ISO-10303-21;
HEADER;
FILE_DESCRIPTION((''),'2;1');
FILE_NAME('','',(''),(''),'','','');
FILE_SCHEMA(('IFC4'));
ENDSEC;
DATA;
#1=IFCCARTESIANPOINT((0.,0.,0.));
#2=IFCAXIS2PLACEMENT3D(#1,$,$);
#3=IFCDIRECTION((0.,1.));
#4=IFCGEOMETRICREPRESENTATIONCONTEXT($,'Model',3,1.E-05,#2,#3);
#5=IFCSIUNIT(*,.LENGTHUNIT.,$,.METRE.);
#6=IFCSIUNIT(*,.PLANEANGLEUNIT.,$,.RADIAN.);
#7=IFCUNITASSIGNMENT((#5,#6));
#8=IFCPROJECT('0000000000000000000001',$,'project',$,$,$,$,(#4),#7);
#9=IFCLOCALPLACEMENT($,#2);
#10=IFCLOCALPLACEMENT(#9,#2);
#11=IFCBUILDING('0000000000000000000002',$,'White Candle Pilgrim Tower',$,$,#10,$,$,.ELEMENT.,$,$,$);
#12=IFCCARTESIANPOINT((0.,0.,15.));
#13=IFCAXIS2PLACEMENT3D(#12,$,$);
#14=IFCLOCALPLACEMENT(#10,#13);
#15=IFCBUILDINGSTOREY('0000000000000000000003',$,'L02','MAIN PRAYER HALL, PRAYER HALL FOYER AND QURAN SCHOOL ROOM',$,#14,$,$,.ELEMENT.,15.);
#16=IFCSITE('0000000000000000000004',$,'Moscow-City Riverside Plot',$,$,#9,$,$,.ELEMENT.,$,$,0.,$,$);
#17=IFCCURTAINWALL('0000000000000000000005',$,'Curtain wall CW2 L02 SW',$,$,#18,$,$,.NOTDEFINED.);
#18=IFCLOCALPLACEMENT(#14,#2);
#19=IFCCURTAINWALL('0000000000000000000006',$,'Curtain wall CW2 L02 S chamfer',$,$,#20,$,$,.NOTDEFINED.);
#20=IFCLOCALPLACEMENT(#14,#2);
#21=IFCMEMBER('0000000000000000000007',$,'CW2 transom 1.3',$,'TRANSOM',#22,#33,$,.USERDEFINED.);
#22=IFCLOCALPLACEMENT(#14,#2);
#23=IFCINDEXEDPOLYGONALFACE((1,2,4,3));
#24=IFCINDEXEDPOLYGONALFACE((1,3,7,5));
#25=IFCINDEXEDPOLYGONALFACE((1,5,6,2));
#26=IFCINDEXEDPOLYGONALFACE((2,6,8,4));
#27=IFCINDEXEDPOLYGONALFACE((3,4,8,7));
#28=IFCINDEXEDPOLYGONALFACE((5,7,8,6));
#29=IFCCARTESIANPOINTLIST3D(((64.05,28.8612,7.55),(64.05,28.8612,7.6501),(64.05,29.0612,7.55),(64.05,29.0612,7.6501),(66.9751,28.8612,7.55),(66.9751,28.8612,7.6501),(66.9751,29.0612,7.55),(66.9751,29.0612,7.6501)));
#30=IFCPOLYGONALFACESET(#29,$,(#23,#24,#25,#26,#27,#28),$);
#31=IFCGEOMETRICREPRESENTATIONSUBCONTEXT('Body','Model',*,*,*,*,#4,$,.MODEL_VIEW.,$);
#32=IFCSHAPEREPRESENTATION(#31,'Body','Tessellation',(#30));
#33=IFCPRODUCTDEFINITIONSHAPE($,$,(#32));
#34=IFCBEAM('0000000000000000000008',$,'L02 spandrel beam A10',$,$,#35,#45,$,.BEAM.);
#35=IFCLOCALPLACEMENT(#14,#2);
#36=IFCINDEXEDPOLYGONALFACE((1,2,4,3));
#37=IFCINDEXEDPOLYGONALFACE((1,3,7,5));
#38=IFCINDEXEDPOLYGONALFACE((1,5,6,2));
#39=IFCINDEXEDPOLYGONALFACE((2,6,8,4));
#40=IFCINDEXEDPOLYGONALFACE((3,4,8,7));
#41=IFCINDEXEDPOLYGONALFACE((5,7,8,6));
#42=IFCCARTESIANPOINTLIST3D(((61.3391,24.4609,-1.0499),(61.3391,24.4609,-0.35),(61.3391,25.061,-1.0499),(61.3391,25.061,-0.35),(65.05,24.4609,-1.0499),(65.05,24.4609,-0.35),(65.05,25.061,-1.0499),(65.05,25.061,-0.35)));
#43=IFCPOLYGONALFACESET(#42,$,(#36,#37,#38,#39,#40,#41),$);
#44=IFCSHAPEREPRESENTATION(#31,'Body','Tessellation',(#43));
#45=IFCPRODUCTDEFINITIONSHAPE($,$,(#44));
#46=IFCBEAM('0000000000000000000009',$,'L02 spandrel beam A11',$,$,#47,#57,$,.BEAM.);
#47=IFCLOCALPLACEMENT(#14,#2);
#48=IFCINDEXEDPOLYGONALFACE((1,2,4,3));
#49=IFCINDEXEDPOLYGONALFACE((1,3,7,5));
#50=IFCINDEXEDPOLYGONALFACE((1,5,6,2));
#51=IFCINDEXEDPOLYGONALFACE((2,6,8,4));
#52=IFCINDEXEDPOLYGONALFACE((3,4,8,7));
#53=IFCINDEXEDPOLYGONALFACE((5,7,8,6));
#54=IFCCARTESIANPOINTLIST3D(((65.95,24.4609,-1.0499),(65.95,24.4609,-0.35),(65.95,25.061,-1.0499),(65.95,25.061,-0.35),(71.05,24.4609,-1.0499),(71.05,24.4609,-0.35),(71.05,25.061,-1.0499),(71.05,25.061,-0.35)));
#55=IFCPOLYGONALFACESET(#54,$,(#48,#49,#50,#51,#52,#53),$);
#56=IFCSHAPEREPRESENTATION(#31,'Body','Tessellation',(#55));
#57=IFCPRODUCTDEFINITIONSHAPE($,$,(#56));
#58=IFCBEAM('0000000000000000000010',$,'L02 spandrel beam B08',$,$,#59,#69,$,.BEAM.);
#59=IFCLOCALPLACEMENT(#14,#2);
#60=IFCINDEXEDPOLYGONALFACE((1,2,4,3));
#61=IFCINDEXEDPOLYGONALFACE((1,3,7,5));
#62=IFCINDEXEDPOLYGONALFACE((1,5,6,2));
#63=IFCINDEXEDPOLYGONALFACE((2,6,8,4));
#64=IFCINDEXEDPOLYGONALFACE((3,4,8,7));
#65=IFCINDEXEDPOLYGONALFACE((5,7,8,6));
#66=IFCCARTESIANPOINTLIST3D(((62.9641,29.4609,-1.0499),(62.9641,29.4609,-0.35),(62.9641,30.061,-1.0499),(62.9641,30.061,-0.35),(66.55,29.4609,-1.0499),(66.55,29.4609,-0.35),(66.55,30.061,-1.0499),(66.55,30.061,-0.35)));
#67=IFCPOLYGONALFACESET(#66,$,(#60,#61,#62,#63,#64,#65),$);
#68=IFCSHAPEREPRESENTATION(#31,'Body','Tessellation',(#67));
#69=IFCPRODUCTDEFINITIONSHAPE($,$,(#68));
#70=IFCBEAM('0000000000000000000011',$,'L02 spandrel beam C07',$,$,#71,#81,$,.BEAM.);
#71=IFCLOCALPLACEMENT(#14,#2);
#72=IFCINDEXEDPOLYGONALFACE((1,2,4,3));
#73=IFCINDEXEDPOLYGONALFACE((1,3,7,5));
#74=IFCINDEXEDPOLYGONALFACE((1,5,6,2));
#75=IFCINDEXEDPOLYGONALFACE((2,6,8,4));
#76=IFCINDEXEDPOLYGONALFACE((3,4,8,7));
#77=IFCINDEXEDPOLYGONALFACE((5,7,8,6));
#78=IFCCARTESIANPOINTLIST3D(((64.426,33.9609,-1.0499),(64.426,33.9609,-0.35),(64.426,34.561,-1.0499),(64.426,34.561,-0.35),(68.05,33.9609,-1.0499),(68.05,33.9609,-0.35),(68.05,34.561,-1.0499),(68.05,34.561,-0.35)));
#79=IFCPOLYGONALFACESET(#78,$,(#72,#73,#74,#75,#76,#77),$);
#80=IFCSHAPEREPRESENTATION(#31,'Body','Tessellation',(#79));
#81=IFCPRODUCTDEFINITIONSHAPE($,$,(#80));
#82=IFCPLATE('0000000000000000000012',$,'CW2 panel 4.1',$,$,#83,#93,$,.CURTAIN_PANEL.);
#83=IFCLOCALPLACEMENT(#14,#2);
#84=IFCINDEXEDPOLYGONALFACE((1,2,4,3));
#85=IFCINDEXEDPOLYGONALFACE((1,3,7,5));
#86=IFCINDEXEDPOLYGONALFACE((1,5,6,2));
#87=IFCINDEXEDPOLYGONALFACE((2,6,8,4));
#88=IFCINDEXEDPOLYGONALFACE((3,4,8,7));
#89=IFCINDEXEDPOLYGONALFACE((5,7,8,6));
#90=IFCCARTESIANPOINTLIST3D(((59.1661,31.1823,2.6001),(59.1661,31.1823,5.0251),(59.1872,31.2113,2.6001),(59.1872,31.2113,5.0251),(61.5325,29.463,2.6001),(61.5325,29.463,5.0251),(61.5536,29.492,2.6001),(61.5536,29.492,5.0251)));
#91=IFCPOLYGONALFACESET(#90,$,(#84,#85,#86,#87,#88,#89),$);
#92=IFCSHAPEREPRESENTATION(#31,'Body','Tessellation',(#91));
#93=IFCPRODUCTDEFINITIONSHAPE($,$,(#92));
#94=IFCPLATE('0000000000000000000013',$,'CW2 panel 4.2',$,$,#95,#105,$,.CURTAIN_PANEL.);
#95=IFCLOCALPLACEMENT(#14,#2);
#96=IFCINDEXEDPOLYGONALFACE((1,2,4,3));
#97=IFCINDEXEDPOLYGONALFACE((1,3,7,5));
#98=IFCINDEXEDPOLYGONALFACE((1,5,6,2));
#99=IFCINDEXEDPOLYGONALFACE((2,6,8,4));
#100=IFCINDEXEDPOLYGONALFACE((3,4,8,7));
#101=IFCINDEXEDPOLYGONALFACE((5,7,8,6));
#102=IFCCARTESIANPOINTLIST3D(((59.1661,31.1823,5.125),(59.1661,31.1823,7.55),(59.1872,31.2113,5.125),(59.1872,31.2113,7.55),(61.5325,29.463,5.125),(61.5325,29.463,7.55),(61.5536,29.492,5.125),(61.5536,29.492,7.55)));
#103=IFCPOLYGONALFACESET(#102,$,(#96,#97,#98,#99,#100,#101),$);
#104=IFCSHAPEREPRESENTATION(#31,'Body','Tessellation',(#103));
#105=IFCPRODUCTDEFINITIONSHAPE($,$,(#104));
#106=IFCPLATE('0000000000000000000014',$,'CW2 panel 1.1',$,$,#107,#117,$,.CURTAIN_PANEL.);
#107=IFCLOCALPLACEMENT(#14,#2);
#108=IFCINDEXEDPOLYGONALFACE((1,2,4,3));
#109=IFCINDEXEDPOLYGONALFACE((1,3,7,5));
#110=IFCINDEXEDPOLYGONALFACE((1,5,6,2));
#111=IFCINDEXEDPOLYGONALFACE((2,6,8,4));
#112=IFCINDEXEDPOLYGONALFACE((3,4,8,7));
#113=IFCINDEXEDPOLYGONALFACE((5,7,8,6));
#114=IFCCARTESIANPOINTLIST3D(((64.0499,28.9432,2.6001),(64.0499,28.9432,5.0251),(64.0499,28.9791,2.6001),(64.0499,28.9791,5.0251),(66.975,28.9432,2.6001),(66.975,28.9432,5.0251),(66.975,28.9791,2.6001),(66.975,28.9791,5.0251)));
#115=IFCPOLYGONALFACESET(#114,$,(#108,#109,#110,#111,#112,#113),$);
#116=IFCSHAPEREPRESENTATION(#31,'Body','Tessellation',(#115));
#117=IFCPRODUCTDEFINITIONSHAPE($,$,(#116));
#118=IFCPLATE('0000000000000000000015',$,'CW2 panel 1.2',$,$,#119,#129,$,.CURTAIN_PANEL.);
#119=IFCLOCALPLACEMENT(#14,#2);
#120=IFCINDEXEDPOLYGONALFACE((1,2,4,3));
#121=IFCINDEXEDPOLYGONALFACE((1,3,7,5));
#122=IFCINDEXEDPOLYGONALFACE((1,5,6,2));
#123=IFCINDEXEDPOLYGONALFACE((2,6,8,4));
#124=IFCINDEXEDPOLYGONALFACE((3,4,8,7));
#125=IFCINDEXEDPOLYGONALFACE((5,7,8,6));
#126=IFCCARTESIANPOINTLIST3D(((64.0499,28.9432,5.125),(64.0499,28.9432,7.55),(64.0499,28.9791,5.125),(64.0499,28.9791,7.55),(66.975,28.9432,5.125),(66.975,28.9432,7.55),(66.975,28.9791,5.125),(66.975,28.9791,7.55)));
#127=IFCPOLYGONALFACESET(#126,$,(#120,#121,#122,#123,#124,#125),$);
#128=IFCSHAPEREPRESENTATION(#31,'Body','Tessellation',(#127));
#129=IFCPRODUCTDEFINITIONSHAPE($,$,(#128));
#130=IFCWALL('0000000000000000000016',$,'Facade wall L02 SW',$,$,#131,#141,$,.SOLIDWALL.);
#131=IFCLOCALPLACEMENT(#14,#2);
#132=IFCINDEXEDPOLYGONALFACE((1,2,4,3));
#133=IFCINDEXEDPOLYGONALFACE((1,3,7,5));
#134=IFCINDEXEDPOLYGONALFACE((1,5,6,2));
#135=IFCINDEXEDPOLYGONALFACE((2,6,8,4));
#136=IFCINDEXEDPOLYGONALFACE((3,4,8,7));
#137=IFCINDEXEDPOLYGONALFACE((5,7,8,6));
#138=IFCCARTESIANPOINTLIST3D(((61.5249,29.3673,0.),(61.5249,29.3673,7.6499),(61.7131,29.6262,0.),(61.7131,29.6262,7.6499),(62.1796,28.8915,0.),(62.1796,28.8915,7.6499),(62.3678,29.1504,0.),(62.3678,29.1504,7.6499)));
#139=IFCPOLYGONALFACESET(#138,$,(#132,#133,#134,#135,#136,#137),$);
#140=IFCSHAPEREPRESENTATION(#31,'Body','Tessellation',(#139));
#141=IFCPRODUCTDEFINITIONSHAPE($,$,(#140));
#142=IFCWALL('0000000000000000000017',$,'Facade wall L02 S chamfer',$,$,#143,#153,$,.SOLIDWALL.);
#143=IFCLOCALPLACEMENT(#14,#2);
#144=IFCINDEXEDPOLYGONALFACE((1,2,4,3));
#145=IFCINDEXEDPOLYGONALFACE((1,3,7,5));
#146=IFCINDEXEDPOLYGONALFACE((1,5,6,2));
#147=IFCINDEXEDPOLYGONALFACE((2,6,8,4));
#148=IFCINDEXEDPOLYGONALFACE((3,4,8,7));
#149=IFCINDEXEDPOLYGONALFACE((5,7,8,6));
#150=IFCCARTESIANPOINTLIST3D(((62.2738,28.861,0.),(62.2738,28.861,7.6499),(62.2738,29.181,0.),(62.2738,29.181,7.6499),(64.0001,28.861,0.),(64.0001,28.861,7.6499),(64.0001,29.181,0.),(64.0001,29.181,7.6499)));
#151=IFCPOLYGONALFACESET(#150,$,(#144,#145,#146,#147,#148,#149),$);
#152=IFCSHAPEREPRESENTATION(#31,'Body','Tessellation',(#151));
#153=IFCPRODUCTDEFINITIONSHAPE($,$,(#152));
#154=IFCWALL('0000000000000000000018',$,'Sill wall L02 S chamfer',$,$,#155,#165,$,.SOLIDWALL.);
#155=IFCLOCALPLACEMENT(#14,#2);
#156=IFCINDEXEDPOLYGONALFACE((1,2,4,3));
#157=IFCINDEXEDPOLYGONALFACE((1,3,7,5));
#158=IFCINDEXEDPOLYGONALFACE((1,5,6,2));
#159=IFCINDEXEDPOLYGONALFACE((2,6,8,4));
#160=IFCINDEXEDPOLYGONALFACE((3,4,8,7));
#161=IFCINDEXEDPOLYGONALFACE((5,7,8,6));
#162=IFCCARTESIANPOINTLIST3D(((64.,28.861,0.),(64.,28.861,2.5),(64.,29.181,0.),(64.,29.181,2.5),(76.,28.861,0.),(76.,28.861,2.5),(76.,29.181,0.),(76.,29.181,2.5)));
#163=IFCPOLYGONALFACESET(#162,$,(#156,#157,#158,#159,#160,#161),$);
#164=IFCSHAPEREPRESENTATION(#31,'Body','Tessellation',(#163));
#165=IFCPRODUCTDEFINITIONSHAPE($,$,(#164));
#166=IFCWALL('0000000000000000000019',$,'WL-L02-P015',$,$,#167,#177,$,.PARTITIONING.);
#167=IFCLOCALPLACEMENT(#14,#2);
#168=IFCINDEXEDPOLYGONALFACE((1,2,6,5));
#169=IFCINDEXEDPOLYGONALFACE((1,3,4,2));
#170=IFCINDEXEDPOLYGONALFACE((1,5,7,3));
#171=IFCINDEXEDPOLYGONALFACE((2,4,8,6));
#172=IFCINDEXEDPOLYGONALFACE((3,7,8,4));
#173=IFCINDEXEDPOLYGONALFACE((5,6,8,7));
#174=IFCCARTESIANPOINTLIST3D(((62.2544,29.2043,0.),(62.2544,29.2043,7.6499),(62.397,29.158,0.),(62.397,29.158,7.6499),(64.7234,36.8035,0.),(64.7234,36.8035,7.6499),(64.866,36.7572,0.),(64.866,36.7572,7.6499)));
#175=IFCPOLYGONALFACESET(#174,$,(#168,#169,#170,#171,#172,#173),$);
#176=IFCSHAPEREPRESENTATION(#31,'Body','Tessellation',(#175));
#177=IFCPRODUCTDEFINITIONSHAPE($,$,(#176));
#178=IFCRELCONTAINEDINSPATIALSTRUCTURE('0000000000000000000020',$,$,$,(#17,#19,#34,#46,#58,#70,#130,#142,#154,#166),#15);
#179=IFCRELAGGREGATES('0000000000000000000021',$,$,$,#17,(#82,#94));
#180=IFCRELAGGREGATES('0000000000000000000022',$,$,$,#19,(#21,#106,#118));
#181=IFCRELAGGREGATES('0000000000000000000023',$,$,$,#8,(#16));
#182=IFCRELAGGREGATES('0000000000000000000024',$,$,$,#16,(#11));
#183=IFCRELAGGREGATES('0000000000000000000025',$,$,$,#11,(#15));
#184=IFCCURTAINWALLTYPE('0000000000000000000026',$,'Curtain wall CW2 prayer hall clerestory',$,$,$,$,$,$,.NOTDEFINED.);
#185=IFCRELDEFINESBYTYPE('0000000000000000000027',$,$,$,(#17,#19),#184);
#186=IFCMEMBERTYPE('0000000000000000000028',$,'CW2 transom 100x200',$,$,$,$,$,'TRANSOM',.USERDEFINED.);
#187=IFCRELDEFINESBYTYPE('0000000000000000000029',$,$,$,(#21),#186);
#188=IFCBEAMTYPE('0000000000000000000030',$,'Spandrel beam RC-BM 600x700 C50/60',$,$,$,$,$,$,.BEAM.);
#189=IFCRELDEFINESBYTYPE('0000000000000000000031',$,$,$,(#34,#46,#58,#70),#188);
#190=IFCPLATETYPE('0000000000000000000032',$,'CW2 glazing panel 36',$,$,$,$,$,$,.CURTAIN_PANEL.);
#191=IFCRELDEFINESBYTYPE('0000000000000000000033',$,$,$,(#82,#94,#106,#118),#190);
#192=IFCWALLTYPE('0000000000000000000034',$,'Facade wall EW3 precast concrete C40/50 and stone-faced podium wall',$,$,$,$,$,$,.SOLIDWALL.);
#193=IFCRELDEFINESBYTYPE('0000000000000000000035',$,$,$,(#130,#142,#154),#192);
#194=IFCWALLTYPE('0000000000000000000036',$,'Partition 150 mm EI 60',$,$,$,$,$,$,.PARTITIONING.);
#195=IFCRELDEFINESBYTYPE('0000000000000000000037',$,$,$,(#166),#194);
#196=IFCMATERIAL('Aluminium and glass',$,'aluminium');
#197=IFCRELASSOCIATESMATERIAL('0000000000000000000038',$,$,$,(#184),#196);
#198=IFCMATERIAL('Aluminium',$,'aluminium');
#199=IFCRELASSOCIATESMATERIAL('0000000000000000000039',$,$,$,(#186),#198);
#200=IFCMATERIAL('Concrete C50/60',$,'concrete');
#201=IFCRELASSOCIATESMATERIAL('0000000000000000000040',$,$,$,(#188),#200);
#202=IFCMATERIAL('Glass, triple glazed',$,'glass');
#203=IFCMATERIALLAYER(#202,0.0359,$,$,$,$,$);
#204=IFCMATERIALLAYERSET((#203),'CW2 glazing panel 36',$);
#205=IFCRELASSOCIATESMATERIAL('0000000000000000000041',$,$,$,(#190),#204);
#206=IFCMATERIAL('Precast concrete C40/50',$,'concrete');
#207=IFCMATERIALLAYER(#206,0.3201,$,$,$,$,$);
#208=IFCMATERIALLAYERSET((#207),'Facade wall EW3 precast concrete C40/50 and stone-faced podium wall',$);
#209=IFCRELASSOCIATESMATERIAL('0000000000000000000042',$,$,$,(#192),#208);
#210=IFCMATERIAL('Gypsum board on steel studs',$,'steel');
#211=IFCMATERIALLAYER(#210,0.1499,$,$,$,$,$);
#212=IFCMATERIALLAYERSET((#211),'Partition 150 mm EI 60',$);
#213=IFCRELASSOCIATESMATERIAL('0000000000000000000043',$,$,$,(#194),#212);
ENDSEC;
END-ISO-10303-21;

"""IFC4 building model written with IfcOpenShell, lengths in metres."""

from ifc_helpers import new_model, si_unit, direction, frame, frame_2d, origin, origin_2d, place, context, subcontext, project, spatial, rectangle, extrude, material, layer, layer_set, material_profile, profile_set, type_object, element, aggregate, save


model = new_model("IFC4")

# Units and contexts
model_context = context("Model", 3, precision=1e-05, world=origin(), true_north=direction((0.0, 1.0)))
body_context = subcontext(model_context, "Body", "Model", "MODEL_VIEW")
ifc_project = project(units=[si_unit("LENGTHUNIT", "METRE"), si_unit("PLANEANGLEUNIT", "RADIAN")], contexts=[model_context])

# Site, building, storey
site_placement = place(None, origin())
site = spatial("IfcSite", under=ifc_project, at=site_placement, Name="Moscow-City Riverside Plot", CompositionType="ELEMENT", RefElevation=0.0)
building_placement = place(site_placement, origin())
building = spatial("IfcBuilding", under=site, at=building_placement, Name="White Candle Pilgrim Tower", CompositionType="ELEMENT")
storey_placement = place(building_placement, frame((0.0, 0.0, 15.0)))
storey = spatial("IfcBuildingStorey", under=building, at=storey_placement, Name="L02", Description="MAIN PRAYER HALL, PRAYER HALL FOYER AND QURAN SCHOOL ROOM", CompositionType="ELEMENT", Elevation=15.0)

# Curtain wall
ifc_material_1 = material(Name="Aluminium and glass", Category="aluminium")
curtain_wall_type = type_object("IfcCurtainWallType", Name="Curtain wall CW2 prayer hall clerestory", PredefinedType="NOTDEFINED", material=ifc_material_1)
curtain_wall_1_placement = place(storey_placement, origin())
curtain_wall_1 = element("IfcCurtainWall", 1, at=curtain_wall_1_placement, inside=storey, type_object=curtain_wall_type, Name="Curtain wall CW2 L02 SW", PredefinedType="NOTDEFINED")
ifc_material_2 = material(Name="Aluminium", Category="aluminium")

# Curtain wall, member
curtain_wall_2_placement = place(storey_placement, origin())
curtain_wall_2 = element("IfcCurtainWall", 2, at=curtain_wall_2_placement, inside=storey, type_object=curtain_wall_type, Name="Curtain wall CW2 L02 S chamfer", PredefinedType="NOTDEFINED")
ifc_material_profile_1 = material_profile(ifc_material_2, rectangle(XDim=0.2, YDim=0.1001, at=origin_2d()), Name="CW2 transom 100x200")
ifc_profile_set_1 = profile_set([ifc_material_profile_1], Name="Aluminium")
member_type_1 = type_object("IfcMemberType", Name="CW2 transom 100x200", ElementType="TRANSOM", PredefinedType="USERDEFINED", material=ifc_profile_set_1)
member_1_placement = place(storey_placement, frame((64.05, 28.9612, 7.6001), z_axis=(1.0, 0.0, 0.0), x_axis=(0.0, 1.0, 0.0)))
member_1 = element("IfcMember", 3, at=member_1_placement, type_object=member_type_1, Name="CW2 transom 1.3", ObjectType="TRANSOM", PredefinedType="USERDEFINED", context=body_context, shape_type="SweptSolid", body=[
    extrude(rectangle(XDim=0.2, YDim=0.1001, at=origin_2d()), origin(), (0.0, 0.0, 1.0), 2.925),
])

# Beams
ifc_material_3 = material(Name="Concrete C50/60", Category="concrete")
ifc_material_profile_2 = material_profile(ifc_material_3, rectangle(XDim=0.6001, YDim=0.7, at=origin_2d()), Name="RC-BM 600x700")
ifc_profile_set_2 = profile_set([ifc_material_profile_2], Name="Concrete C50/60")
beam_type = type_object("IfcBeamType", Name="Spandrel beam RC-BM 600x700 C50/60", PredefinedType="BEAM", material=ifc_profile_set_2)
beam_1_placement = place(storey_placement, frame((61.3391, 24.761, -0.7), z_axis=(1.0, 0.0, 0.0), x_axis=(0.0, 1.0, 0.0)))
element("IfcBeam", 4, at=beam_1_placement, inside=storey, type_object=beam_type, Name="L02 spandrel beam A10", PredefinedType="BEAM", context=body_context, shape_type="SweptSolid", body=[
    extrude(rectangle(XDim=0.6001, YDim=0.7, at=origin_2d()), origin(), (0.0, 0.0, 1.0), 3.7109),
])
beam_2_placement = place(storey_placement, frame((65.95, 24.761, -0.7), z_axis=(1.0, 0.0, 0.0), x_axis=(0.0, 1.0, 0.0)))
element("IfcBeam", 5, at=beam_2_placement, inside=storey, type_object=beam_type, Name="L02 spandrel beam A11", PredefinedType="BEAM", context=body_context, shape_type="SweptSolid", body=[
    extrude(rectangle(XDim=0.6001, YDim=0.7, at=origin_2d()), origin(), (0.0, 0.0, 1.0), 5.1001),
])
beam_3_placement = place(storey_placement, frame((62.9641, 29.761, -0.7), z_axis=(1.0, 0.0, 0.0), x_axis=(0.0, 1.0, 0.0)))
element("IfcBeam", 6, at=beam_3_placement, inside=storey, type_object=beam_type, Name="L02 spandrel beam B08", PredefinedType="BEAM", context=body_context, shape_type="SweptSolid", body=[
    extrude(rectangle(XDim=0.6001, YDim=0.7, at=origin_2d()), origin(), (0.0, 0.0, 1.0), 3.5859),
])
beam_4_placement = place(storey_placement, frame((64.426, 34.261, -0.7), z_axis=(1.0, 0.0, 0.0), x_axis=(0.0, 1.0, 0.0)))
element("IfcBeam", 7, at=beam_4_placement, inside=storey, type_object=beam_type, Name="L02 spandrel beam C07", PredefinedType="BEAM", context=body_context, shape_type="SweptSolid", body=[
    extrude(rectangle(XDim=0.6001, YDim=0.7, at=origin_2d()), origin(), (0.0, 0.0, 1.0), 3.624),
])

# Plates
ifc_material_4 = material(Name="Glass, triple glazed", Category="glass")
ifc_layer_1 = layer(ifc_material_4, 0.0359)
ifc_layer_set_1 = layer_set([ifc_layer_1], Name="CW2 glazing panel 36")
plate_type = type_object("IfcPlateType", Name="CW2 glazing panel 36", PredefinedType="CURTAIN_PANEL", material=ifc_layer_set_1)
plate_1_placement = place(storey_placement, frame((60.3599, 30.3372, 2.6001), z_axis=(0.0, 0.0, 1.0), x_axis=(0.809017, -0.587785, 0.0)))
plate_1 = element("IfcPlate", 8, at=plate_1_placement, type_object=plate_type, Name="CW2 panel 4.1", PredefinedType="CURTAIN_PANEL", context=body_context, shape_type="SweptSolid", body=[
    extrude(rectangle(XDim=2.925, YDim=0.0359, at=origin_2d()), origin(), (0.0, 0.0, 1.0), 2.425),
])
plate_2_placement = place(storey_placement, frame((60.3599, 30.3372, 5.125), z_axis=(0.0, 0.0, 1.0), x_axis=(0.809017, -0.587785, 0.0)))
plate_2 = element("IfcPlate", 9, at=plate_2_placement, type_object=plate_type, Name="CW2 panel 4.2", PredefinedType="CURTAIN_PANEL", context=body_context, shape_type="SweptSolid", body=[
    extrude(rectangle(XDim=2.925, YDim=0.0359, at=origin_2d()), origin(), (0.0, 0.0, 1.0), 2.425),
])
aggregate(curtain_wall_1, [plate_1, plate_2])
plate_3_placement = place(storey_placement, frame((65.5125, 28.9612, 2.6001), z_axis=(0.0, 0.0, 1.0), x_axis=(1.0, 0.0, 0.0)))
plate_3 = element("IfcPlate", 10, at=plate_3_placement, type_object=plate_type, Name="CW2 panel 1.1", PredefinedType="CURTAIN_PANEL", context=body_context, shape_type="SweptSolid", body=[
    extrude(rectangle(XDim=2.925, YDim=0.0359, at=origin_2d()), origin(), (0.0, 0.0, 1.0), 2.425),
])
plate_4_placement = place(storey_placement, frame((65.5125, 28.9612, 5.125), z_axis=(0.0, 0.0, 1.0), x_axis=(1.0, 0.0, 0.0)))
plate_4 = element("IfcPlate", 11, at=plate_4_placement, type_object=plate_type, Name="CW2 panel 1.2", PredefinedType="CURTAIN_PANEL", context=body_context, shape_type="SweptSolid", body=[
    extrude(rectangle(XDim=2.925, YDim=0.0359, at=origin_2d()), origin(), (0.0, 0.0, 1.0), 2.425),
])
aggregate(curtain_wall_2, [member_1, plate_3, plate_4])

# Walls
ifc_material_5 = material(Name="Precast concrete C40/50", Category="concrete")
ifc_layer_2 = layer(ifc_material_5, 0.3201)
ifc_layer_set_2 = layer_set([ifc_layer_2], Name="Facade wall EW3 precast concrete C40/50 and stone-faced podium wall")
wall_type_1 = type_object("IfcWallType", Name="Facade wall EW3 precast concrete C40/50 and stone-faced podium wall", PredefinedType="SOLIDWALL", material=ifc_layer_set_2)
wall_1_placement = place(storey_placement, frame((61.6189, 29.4968, 0.0), z_axis=(0.0, 0.0, 1.0), x_axis=(0.808958, -0.587867, 0.0)))
element("IfcWall", 12, at=wall_1_placement, inside=storey, type_object=wall_type_1, Name="Facade wall L02 SW", PredefinedType="SOLIDWALL", context=body_context, shape_type="SweptSolid", body=[
    extrude(rectangle(XDim=0.8093, YDim=0.3201, at=frame_2d((0.4048, 0.0))), origin(), (0.0, 0.0, 1.0), 7.6499),
])
wall_2_placement = place(storey_placement, frame((62.2737, 29.021, 0.0), z_axis=(0.0, 0.0, 1.0), x_axis=(1.0, 0.0, 0.0)))
element("IfcWall", 13, at=wall_2_placement, inside=storey, type_object=wall_type_1, Name="Facade wall L02 S chamfer", PredefinedType="SOLIDWALL", context=body_context, shape_type="SweptSolid", body=[
    extrude(rectangle(XDim=1.7263, YDim=0.3201, at=frame_2d((0.8633, 0.0))), origin(), (0.0, 0.0, 1.0), 7.6499),
])
wall_3_placement = place(storey_placement, frame((64.0, 29.021, 0.0), z_axis=(0.0, 0.0, 1.0), x_axis=(1.0, 0.0, 0.0)))
element("IfcWall", 14, at=wall_3_placement, inside=storey, type_object=wall_type_1, Name="Sill wall L02 S chamfer", PredefinedType="SOLIDWALL", context=body_context, shape_type="SweptSolid", body=[
    extrude(rectangle(XDim=12.0, YDim=0.3201, at=frame_2d((6.0, 0.0))), origin(), (0.0, 0.0, 1.0), 2.5),
])
ifc_material_6 = material(Name="Gypsum board on steel studs", Category="steel")
ifc_layer_3 = layer(ifc_material_6, 0.1499)
ifc_layer_set_3 = layer_set([ifc_layer_3], Name="Partition 150 mm EI 60")
wall_type_2 = type_object("IfcWallType", Name="Partition 150 mm EI 60", PredefinedType="PARTITIONING", material=ifc_layer_set_3)
wall_4_placement = place(storey_placement, frame((62.3257, 29.1812, 0.0), z_axis=(0.0, 0.0, 1.0), x_axis=(0.309005, 0.951061, 0.0)))
element("IfcWall", 15, at=wall_4_placement, inside=storey, type_object=wall_type_2, Name="WL-L02-P015", PredefinedType="PARTITIONING", context=body_context, shape_type="SweptSolid", body=[
    extrude(rectangle(XDim=7.9902, YDim=0.1499, at=frame_2d((3.9951, 0.0))), origin(), (0.0, 0.0, 1.0), 7.6499),
])

save(model, "model.ifc")
